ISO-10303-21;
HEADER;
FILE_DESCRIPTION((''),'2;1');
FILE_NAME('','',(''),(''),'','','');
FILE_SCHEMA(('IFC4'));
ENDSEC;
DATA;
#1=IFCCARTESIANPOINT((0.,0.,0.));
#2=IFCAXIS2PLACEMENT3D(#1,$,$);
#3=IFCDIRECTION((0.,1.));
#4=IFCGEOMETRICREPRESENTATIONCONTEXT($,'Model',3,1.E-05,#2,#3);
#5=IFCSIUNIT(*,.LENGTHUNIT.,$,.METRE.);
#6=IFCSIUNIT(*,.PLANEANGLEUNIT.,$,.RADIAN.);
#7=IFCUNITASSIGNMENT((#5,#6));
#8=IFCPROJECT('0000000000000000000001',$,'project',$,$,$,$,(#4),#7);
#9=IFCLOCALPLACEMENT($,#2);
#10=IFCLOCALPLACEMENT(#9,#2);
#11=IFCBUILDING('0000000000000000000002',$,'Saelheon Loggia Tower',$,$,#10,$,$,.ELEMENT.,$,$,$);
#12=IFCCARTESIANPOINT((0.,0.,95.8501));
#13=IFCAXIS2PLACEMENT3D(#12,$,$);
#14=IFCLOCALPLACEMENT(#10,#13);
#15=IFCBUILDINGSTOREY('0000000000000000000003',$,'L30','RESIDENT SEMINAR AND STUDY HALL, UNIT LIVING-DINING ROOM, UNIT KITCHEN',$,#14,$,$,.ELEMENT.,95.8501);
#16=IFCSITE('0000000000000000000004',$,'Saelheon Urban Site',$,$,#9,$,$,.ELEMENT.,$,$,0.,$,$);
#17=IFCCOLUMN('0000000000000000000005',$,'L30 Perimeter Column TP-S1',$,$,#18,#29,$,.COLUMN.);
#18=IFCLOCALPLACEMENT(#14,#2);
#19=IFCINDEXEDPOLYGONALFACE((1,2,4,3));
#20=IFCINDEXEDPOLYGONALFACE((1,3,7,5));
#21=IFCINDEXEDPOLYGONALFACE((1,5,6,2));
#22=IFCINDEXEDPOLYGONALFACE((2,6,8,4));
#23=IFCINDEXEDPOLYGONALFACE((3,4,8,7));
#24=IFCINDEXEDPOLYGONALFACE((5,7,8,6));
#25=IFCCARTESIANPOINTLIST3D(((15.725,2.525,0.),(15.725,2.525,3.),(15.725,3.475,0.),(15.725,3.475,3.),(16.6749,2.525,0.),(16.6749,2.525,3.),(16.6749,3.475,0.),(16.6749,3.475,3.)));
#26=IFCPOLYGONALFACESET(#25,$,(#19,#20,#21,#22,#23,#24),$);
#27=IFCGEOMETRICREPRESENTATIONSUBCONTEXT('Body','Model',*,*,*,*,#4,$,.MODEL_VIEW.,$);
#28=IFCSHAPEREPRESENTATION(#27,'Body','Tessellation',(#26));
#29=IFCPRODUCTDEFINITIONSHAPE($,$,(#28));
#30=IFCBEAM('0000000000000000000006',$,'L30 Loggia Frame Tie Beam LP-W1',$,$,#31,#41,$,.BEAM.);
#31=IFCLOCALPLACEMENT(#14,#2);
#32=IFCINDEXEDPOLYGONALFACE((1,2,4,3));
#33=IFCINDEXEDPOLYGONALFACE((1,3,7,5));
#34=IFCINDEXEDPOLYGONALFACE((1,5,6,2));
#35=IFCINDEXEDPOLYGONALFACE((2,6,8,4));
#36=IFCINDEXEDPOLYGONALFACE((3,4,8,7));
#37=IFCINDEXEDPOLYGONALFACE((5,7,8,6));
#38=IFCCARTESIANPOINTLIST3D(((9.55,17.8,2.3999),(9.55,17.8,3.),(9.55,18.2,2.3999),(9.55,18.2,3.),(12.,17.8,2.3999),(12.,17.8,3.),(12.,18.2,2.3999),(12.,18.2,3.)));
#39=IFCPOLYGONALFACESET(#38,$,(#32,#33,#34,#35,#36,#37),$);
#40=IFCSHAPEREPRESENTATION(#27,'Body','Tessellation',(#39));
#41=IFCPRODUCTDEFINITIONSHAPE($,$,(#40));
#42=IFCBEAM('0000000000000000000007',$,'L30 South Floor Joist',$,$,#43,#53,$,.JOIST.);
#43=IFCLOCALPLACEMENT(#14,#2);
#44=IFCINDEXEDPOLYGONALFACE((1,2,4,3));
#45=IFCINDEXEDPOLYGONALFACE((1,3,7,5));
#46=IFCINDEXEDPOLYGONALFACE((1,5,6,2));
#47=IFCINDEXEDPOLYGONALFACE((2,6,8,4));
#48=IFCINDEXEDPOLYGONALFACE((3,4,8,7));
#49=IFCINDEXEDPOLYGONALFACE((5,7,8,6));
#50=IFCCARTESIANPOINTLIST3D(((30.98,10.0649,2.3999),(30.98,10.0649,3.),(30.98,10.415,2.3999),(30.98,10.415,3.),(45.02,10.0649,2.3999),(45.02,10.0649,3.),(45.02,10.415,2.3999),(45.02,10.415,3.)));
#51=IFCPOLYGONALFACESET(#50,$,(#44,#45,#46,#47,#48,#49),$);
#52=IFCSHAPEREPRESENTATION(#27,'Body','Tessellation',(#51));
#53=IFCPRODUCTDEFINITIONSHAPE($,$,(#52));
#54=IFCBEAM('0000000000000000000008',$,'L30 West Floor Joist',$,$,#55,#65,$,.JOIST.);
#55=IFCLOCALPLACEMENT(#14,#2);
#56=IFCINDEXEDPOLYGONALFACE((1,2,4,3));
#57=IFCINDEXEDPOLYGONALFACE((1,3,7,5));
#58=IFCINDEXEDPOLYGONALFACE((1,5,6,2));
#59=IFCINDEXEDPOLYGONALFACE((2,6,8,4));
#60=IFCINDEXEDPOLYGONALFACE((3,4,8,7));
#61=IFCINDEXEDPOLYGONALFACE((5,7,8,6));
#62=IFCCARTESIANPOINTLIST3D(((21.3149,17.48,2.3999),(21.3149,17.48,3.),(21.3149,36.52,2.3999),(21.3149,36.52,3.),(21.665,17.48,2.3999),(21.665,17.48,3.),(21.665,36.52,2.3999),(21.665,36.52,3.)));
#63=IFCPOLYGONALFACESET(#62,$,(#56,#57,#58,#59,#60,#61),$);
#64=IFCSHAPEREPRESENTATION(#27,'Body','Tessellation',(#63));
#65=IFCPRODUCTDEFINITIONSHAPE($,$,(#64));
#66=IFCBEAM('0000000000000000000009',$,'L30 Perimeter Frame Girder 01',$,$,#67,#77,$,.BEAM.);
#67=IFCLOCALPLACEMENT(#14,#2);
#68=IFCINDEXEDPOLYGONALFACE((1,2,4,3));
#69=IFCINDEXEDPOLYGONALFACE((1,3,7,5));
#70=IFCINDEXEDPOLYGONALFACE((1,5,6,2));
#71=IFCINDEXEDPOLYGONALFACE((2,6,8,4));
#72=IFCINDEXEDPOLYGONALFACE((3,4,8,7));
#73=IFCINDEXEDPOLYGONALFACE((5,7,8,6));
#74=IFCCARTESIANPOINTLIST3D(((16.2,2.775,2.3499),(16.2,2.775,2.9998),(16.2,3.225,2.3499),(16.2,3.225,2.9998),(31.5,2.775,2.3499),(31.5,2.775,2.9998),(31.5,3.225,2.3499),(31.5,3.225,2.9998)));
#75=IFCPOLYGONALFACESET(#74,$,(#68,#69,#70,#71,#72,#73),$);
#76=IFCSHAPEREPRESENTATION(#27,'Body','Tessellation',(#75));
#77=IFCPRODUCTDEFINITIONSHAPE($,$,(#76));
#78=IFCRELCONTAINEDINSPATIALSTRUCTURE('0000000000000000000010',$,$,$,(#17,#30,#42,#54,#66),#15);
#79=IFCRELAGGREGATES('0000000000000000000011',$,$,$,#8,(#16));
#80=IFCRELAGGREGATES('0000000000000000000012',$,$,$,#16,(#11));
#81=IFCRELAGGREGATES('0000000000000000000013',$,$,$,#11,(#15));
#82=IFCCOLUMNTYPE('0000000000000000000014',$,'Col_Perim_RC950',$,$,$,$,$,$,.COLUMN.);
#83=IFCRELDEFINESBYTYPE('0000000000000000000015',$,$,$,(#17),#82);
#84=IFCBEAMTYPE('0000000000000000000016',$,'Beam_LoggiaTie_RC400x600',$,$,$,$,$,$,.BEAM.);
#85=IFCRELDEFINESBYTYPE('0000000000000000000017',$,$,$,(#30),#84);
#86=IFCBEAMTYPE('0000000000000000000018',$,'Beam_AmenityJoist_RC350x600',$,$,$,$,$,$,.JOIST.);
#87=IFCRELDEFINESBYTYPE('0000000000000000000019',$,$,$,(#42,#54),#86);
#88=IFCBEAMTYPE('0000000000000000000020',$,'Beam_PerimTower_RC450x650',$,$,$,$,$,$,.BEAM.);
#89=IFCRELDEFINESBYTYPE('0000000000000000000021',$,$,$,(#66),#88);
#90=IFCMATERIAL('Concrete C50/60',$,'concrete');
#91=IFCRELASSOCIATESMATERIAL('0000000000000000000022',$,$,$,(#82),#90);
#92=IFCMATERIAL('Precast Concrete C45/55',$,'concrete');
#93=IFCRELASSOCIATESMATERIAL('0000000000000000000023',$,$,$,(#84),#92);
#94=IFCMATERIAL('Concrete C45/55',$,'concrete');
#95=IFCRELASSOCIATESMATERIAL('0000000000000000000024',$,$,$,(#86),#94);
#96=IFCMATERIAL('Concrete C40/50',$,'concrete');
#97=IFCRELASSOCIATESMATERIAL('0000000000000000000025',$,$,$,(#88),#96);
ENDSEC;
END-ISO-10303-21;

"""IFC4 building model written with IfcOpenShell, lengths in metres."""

from ifc_helpers import new_model, si_unit, direction, frame, origin, origin_2d, place, context, subcontext, project, spatial, rectangle, extrude, source, transform, mapped, material, material_profile, profile_set, type_object, element, save


model = new_model("IFC4")

# Units and contexts
model_context = context("Model", 3, precision=1e-05, world=origin(), true_north=direction((0.0, 1.0)))
body_context = subcontext(model_context, "Body", "Model", "MODEL_VIEW")
ifc_project = project(units=[si_unit("LENGTHUNIT", "METRE"), si_unit("PLANEANGLEUNIT", "RADIAN")], contexts=[model_context])

# Site, building, storey
site_placement = place(None, origin())
site = spatial("IfcSite", under=ifc_project, at=site_placement, Name="Saelheon Urban Site", CompositionType="ELEMENT", RefElevation=0.0)
building_placement = place(site_placement, origin())
building = spatial("IfcBuilding", under=site, at=building_placement, Name="Saelheon Loggia Tower", CompositionType="ELEMENT")
storey_placement = place(building_placement, frame((0.0, 0.0, 95.8501)))
storey = spatial("IfcBuildingStorey", under=building, at=storey_placement, Name="L30", Description="RESIDENT SEMINAR AND STUDY HALL, UNIT LIVING-DINING ROOM, UNIT KITCHEN", CompositionType="ELEMENT", Elevation=95.8501)

# Column
ifc_material_1 = material(Name="Concrete C50/60", Category="concrete")
ifc_material_profile_1 = material_profile(ifc_material_1, rectangle(XDim=0.95, YDim=0.95, at=origin_2d()), Name="RC-950x950")
ifc_profile_set_1 = profile_set([ifc_material_profile_1], Name="Concrete C50/60")
column_type = type_object("IfcColumnType", Name="Col_Perim_RC950", PredefinedType="COLUMN", material=ifc_profile_set_1)
shared_shape_1 = source(origin(), body_context, "Body", "SweptSolid", [
    extrude(rectangle(XDim=0.95, YDim=0.95, at=origin_2d()), origin(), (0.0, 0.0, 1.0), 3.0),
])
column_placement = place(storey_placement, frame((16.2, 3.0, 0.0), z_axis=(0.0, 0.0, 1.0), x_axis=(1.0, 0.0, 0.0)))
element("IfcColumn", 1, at=column_placement, inside=storey, type_object=column_type, Name="L30 Perimeter Column TP-S1", PredefinedType="COLUMN", context=body_context, shape_type="MappedRepresentation", body=[
    mapped(shared_shape_1, transform((0.0, 0.0, 0.0), scale=1.0)),
])

# Beams
ifc_material_2 = material(Name="Precast Concrete C45/55", Category="concrete")
ifc_material_profile_2 = material_profile(ifc_material_2, rectangle(XDim=0.3999, YDim=0.6001, at=origin_2d()), Name="RC-400x600")
ifc_profile_set_2 = profile_set([ifc_material_profile_2], Name="Precast Concrete C45/55")
beam_type_1 = type_object("IfcBeamType", Name="Beam_LoggiaTie_RC400x600", PredefinedType="BEAM", material=ifc_profile_set_2)
shared_shape_2 = source(origin(), body_context, "Body", "SweptSolid", [
    extrude(rectangle(XDim=0.3999, YDim=0.6001, at=origin_2d()), origin(), (0.0, 0.0, 1.0), 2.45),
])
beam_1_placement = place(storey_placement, frame((12.0, 18.0, 2.7), z_axis=(-1.0, 0.0, 0.0), x_axis=(0.0, -1.0, 0.0)))
element("IfcBeam", 2, at=beam_1_placement, inside=storey, type_object=beam_type_1, Name="L30 Loggia Frame Tie Beam LP-W1", PredefinedType="BEAM", context=body_context, shape_type="MappedRepresentation", body=[
    mapped(shared_shape_2, transform((0.0, 0.0, 0.0), scale=1.0)),
])
ifc_material_3 = material(Name="Concrete C45/55", Category="concrete")
ifc_material_profile_3 = material_profile(ifc_material_3, rectangle(XDim=0.3501, YDim=0.6001, at=origin_2d()), Name="RC-350x600")
ifc_profile_set_3 = profile_set([ifc_material_profile_3], Name="Concrete C45/55")
beam_type_2 = type_object("IfcBeamType", Name="Beam_AmenityJoist_RC350x600", PredefinedType="JOIST", material=ifc_profile_set_3)
shared_shape_3 = source(origin(), body_context, "Body", "SweptSolid", [
    extrude(rectangle(XDim=0.3501, YDim=0.6001, at=origin_2d()), origin(), (0.0, 0.0, 1.0), 14.04),
])
beam_2_placement = place(storey_placement, frame((30.98, 10.24, 2.7), z_axis=(1.0, 0.0, 0.0), x_axis=(0.0, 1.0, 0.0)))
element("IfcBeam", 3, at=beam_2_placement, inside=storey, type_object=beam_type_2, Name="L30 South Floor Joist", PredefinedType="JOIST", context=body_context, shape_type="MappedRepresentation", body=[
    mapped(shared_shape_3, transform((0.0, 0.0, 0.0), scale=1.0)),
])
shared_shape_4 = source(origin(), body_context, "Body", "SweptSolid", [
    extrude(rectangle(XDim=0.3501, YDim=0.6001, at=origin_2d()), origin(), (0.0, 0.0, 1.0), 19.04),
])
beam_3_placement = place(storey_placement, frame((21.49, 17.48, 2.7), z_axis=(0.0, 1.0, 0.0), x_axis=(-1.0, 0.0, 0.0)))
element("IfcBeam", 4, at=beam_3_placement, inside=storey, type_object=beam_type_2, Name="L30 West Floor Joist", PredefinedType="JOIST", context=body_context, shape_type="MappedRepresentation", body=[
    mapped(shared_shape_4, transform((0.0, 0.0, 0.0), scale=1.0)),
])
ifc_material_4 = material(Name="Concrete C40/50", Category="concrete")
ifc_material_profile_4 = material_profile(ifc_material_4, rectangle(XDim=0.45, YDim=0.6499, at=origin_2d()), Name="RC-450x650")
ifc_profile_set_4 = profile_set([ifc_material_profile_4], Name="Concrete C40/50")
beam_type_3 = type_object("IfcBeamType", Name="Beam_PerimTower_RC450x650", PredefinedType="BEAM", material=ifc_profile_set_4)
shared_shape_5 = source(origin(), body_context, "Body", "SweptSolid", [
    extrude(rectangle(XDim=0.45, YDim=0.6499, at=origin_2d()), origin(), (0.0, 0.0, 1.0), 15.3),
])
beam_4_placement = place(storey_placement, frame((16.2, 3.0, 2.6748), z_axis=(1.0, 0.0, 0.0), x_axis=(0.0, 1.0, 0.0)))
element("IfcBeam", 5, at=beam_4_placement, inside=storey, type_object=beam_type_3, Name="L30 Perimeter Frame Girder 01", PredefinedType="BEAM", context=body_context, shape_type="MappedRepresentation", body=[
    mapped(shared_shape_5, transform((0.0, 0.0, 0.0), scale=1.0)),
])

save(model, "model.ifc")
